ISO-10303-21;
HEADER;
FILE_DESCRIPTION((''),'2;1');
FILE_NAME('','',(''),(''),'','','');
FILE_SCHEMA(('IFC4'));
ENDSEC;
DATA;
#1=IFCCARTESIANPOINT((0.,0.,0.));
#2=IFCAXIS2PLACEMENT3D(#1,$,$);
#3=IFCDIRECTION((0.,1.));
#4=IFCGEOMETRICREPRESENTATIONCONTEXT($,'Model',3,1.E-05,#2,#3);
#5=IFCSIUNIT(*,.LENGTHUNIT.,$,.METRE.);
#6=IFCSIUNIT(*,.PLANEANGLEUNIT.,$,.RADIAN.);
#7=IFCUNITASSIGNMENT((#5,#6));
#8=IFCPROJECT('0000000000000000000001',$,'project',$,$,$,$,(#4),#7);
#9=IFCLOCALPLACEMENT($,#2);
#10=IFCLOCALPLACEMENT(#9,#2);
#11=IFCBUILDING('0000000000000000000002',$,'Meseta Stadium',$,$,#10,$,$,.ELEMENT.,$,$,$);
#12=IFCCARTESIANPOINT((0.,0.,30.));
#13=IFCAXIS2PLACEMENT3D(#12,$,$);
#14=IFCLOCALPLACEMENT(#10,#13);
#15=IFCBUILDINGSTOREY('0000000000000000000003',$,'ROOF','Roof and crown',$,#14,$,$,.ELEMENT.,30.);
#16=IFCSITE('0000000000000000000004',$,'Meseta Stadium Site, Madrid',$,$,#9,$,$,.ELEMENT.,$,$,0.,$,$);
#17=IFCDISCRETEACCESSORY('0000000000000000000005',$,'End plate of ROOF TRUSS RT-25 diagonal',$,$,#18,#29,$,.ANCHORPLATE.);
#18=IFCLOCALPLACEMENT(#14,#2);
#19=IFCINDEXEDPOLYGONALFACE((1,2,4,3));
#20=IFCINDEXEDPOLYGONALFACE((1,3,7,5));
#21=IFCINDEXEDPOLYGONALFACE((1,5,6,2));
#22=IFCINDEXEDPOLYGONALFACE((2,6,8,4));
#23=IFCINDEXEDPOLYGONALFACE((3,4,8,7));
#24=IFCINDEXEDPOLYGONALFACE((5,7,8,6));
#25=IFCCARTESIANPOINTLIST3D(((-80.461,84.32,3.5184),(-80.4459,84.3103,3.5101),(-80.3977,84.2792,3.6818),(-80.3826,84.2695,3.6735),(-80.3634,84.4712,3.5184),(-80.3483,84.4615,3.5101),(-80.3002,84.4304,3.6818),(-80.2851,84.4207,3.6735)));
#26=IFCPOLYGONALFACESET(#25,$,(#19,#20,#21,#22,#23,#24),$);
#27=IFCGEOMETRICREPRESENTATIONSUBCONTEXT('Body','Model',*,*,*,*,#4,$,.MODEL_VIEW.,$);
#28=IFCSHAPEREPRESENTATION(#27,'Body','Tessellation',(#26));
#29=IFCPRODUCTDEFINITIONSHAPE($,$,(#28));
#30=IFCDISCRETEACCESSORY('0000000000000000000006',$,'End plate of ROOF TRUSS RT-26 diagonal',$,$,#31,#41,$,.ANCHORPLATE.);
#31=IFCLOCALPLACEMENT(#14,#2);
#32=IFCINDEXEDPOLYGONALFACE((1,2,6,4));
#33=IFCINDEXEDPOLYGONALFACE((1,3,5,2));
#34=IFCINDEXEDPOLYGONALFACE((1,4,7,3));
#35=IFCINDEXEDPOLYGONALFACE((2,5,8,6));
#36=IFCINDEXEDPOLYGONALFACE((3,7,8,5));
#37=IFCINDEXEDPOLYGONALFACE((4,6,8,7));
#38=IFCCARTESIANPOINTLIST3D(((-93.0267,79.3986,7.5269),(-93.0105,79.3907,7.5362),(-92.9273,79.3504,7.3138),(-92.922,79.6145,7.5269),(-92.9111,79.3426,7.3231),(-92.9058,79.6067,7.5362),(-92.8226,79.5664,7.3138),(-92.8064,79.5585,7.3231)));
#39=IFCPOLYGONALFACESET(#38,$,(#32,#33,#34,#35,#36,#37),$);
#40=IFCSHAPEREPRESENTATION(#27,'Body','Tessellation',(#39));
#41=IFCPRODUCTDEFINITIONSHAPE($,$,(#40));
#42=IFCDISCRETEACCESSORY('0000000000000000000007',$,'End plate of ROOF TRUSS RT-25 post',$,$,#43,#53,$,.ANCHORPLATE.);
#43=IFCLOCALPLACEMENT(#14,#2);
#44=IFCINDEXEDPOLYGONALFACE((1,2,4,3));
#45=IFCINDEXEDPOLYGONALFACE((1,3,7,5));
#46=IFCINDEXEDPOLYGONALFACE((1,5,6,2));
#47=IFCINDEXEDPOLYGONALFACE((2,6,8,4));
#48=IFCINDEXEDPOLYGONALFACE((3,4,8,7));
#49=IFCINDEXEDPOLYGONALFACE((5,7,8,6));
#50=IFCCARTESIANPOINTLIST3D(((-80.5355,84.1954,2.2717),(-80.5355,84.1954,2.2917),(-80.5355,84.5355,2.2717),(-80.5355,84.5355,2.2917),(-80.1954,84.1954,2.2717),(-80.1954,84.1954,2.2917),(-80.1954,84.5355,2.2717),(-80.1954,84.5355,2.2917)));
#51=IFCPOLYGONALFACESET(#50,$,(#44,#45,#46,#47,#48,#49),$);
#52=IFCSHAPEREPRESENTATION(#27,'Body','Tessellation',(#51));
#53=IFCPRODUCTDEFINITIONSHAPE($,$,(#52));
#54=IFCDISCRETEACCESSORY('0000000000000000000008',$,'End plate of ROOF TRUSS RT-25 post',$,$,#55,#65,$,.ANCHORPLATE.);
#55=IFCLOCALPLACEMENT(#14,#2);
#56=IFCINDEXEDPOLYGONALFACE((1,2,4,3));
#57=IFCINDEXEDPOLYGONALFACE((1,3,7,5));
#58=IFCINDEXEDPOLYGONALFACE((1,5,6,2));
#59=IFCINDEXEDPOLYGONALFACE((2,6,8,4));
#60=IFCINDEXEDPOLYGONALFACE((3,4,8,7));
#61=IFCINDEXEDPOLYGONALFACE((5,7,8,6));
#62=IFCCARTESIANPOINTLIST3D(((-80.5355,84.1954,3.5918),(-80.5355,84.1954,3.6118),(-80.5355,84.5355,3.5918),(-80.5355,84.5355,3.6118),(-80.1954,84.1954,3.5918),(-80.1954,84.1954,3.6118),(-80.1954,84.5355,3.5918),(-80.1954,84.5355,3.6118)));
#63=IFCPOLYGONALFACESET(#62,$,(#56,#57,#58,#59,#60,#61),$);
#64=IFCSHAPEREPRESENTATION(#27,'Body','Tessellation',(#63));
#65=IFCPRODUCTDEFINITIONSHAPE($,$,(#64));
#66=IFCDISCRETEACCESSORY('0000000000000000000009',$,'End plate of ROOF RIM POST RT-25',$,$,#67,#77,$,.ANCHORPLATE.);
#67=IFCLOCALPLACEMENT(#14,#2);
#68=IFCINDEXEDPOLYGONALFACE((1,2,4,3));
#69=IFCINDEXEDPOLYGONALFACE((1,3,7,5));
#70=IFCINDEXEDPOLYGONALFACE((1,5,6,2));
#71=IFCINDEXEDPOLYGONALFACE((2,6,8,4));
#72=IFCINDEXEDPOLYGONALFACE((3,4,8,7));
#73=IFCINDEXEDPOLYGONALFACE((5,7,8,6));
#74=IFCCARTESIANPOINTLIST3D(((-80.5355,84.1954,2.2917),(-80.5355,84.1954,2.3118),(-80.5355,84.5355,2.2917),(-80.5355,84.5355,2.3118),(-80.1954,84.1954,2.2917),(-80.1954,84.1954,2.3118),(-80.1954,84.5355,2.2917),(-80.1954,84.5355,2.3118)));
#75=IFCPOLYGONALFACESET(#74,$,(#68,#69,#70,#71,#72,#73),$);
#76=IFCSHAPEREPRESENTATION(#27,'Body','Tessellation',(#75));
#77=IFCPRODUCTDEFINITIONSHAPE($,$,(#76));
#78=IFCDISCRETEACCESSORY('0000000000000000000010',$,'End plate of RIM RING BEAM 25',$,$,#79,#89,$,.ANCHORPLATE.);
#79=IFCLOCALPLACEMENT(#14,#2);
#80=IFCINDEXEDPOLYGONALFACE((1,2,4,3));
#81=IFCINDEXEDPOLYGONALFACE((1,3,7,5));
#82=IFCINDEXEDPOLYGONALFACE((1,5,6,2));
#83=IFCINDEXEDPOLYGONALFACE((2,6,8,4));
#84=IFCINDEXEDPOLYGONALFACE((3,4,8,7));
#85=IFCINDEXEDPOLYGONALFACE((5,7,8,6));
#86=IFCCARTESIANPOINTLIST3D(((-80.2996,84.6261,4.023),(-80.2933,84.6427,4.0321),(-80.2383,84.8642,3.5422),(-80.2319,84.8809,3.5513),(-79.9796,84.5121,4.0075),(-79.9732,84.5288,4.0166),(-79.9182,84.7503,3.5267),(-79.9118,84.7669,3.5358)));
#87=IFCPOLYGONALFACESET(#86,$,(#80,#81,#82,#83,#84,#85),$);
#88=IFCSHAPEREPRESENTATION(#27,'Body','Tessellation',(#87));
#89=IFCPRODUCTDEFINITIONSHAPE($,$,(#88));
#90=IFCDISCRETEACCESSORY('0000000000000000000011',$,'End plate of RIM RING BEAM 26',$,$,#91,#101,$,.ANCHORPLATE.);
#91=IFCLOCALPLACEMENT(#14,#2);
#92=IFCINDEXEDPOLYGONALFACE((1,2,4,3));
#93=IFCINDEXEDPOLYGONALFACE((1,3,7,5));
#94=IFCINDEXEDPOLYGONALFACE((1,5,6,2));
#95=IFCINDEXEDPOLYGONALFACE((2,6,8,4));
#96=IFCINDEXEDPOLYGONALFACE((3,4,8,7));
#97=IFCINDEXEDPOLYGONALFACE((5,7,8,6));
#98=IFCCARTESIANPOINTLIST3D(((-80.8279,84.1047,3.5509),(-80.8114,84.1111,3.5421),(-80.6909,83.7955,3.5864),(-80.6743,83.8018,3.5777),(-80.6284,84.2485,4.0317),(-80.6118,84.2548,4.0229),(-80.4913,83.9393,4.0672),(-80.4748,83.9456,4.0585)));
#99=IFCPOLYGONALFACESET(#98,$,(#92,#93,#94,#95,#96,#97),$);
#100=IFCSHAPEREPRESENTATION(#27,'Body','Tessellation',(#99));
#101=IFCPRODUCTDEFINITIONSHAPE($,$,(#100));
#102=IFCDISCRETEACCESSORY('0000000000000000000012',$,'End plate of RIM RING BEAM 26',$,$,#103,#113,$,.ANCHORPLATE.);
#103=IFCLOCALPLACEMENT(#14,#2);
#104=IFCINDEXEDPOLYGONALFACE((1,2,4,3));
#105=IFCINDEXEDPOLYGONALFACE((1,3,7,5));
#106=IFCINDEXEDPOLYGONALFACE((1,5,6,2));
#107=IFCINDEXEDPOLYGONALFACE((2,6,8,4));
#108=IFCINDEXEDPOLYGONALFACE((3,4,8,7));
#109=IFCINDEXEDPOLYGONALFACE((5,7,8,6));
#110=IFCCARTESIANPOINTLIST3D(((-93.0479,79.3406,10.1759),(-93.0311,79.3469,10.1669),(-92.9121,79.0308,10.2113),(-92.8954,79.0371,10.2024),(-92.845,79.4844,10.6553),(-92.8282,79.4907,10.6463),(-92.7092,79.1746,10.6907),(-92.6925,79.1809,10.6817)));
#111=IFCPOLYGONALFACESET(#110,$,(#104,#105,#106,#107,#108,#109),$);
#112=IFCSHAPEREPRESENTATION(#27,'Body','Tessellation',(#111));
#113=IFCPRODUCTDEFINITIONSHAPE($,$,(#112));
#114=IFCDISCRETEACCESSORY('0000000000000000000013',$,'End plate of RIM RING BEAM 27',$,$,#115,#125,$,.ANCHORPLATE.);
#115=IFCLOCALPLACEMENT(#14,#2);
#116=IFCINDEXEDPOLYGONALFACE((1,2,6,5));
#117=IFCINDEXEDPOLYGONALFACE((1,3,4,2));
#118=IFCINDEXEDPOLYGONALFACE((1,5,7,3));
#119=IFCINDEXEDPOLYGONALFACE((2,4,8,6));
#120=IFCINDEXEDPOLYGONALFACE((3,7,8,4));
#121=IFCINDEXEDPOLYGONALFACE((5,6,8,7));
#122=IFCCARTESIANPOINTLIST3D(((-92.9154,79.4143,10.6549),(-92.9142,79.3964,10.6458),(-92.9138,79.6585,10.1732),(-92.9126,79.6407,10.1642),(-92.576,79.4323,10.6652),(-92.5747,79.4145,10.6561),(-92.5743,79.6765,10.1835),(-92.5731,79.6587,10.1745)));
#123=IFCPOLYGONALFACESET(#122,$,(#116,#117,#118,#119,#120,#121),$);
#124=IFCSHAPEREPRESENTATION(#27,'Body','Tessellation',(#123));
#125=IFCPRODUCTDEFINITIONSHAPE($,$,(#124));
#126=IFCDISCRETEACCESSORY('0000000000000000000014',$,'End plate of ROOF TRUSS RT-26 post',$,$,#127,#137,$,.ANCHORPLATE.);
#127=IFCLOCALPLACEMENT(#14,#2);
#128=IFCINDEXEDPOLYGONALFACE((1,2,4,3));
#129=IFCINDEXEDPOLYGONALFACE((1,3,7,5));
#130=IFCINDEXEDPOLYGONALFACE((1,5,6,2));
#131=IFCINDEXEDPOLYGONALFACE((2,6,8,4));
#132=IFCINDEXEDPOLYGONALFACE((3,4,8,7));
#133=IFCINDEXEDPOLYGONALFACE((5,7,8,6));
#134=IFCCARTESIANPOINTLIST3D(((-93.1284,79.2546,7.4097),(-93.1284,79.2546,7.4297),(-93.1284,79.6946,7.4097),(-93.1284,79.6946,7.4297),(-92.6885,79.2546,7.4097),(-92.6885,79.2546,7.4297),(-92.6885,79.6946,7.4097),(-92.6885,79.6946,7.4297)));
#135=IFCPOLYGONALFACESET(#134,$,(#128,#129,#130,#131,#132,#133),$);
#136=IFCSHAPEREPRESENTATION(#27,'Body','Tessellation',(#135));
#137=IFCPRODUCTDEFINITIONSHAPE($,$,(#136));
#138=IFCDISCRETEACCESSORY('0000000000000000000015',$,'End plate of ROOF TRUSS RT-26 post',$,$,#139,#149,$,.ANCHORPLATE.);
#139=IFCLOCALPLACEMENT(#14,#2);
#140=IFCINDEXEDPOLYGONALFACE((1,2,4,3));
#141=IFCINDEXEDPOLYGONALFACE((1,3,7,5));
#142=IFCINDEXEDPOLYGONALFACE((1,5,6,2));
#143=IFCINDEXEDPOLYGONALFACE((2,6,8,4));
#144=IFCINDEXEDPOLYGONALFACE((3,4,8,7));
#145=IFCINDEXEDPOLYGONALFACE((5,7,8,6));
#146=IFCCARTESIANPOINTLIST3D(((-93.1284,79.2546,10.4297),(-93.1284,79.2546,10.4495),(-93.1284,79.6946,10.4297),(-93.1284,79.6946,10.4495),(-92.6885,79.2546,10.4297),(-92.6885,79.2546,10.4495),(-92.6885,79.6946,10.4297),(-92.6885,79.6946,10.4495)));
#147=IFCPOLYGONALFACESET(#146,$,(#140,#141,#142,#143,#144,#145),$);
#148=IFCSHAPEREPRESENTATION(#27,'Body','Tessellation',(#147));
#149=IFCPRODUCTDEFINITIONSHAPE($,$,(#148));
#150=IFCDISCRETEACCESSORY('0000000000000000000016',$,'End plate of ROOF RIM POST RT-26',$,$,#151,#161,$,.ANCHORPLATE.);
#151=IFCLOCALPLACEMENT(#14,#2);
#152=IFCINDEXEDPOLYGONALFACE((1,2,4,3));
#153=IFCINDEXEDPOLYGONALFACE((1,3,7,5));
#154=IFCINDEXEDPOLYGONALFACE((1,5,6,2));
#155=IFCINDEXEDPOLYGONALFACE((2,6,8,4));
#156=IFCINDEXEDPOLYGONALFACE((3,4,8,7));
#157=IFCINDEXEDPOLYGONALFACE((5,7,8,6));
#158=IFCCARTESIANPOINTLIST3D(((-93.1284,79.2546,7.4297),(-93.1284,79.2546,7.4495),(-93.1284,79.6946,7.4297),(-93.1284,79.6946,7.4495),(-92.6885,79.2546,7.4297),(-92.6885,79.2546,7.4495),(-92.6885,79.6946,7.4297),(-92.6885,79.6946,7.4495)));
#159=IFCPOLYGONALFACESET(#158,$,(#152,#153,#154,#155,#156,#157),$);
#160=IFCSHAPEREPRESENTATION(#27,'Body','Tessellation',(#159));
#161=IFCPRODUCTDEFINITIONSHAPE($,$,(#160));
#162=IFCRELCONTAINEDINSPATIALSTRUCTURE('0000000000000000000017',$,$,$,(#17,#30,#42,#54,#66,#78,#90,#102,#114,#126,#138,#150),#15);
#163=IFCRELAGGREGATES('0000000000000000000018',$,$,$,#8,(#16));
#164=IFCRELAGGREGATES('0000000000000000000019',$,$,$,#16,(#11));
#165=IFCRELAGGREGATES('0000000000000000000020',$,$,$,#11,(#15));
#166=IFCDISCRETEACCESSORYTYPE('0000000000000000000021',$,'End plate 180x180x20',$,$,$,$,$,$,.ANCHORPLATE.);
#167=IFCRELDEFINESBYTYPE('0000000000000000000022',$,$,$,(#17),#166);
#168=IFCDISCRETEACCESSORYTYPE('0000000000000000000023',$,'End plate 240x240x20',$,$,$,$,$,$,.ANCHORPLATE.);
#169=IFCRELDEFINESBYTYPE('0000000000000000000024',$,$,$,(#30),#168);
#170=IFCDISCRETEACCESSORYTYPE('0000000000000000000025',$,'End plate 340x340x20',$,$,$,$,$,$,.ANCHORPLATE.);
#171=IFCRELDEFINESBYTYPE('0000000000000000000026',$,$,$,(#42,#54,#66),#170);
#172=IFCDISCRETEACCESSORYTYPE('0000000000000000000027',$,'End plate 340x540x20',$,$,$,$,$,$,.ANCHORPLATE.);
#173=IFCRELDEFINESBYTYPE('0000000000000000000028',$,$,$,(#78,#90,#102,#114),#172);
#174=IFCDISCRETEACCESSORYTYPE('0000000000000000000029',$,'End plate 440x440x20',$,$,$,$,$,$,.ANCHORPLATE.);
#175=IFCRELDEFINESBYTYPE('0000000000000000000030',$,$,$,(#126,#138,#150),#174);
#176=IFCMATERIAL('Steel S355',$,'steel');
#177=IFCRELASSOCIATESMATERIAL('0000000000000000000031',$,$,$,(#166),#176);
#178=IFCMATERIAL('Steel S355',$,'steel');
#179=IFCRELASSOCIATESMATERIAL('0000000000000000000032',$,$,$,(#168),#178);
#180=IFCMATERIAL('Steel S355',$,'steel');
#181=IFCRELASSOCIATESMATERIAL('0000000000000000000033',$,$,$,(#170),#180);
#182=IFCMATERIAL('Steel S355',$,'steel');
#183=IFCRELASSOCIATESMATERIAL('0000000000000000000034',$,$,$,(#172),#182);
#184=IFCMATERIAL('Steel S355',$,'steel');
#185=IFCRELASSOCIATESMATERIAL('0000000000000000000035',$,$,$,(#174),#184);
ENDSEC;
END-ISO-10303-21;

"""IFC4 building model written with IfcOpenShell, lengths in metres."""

from ifc_helpers import new_model, si_unit, direction, frame, origin, origin_2d, place, context, subcontext, project, spatial, rectangle, extrude, material, material_profile, profile_set, type_object, element, save


model = new_model("IFC4")

# Units and contexts
model_context = context("Model", 3, precision=1e-05, world=origin(), true_north=direction((0.0, 1.0)))
body_context = subcontext(model_context, "Body", "Model", "MODEL_VIEW")
ifc_project = project(units=[si_unit("LENGTHUNIT", "METRE"), si_unit("PLANEANGLEUNIT", "RADIAN")], contexts=[model_context])

# Site, building, storey
site_placement = place(None, origin())
site = spatial("IfcSite", under=ifc_project, at=site_placement, Name="Meseta Stadium Site, Madrid", CompositionType="ELEMENT", RefElevation=0.0)
building_placement = place(site_placement, origin())
building = spatial("IfcBuilding", under=site, at=building_placement, Name="Meseta Stadium", CompositionType="ELEMENT")
storey_placement = place(building_placement, frame((0.0, 0.0, 30.0)))
storey = spatial("IfcBuildingStorey", under=building, at=storey_placement, Name="ROOF", Description="Roof and crown", CompositionType="ELEMENT", Elevation=30.0)

# Discrete accessories
ifc_material_1 = material(Name="Steel S355", Category="steel")
ifc_material_profile_1 = material_profile(ifc_material_1, rectangle(XDim=0.1799, YDim=0.1799, at=origin_2d()), Name="PL 180x180")
ifc_profile_set_1 = profile_set([ifc_material_profile_1], Name="Steel S355")
discrete_accessory_type_1 = type_object("IfcDiscreteAccessoryType", Name="End plate 180x180x20", PredefinedType="ANCHORPLATE", material=ifc_profile_set_1)
discrete_accessory_1_placement = place(storey_placement, frame((-80.3655, 84.3655, 3.5918), z_axis=(-0.763167, 0.492366, 0.418511), x_axis=(-0.542127, -0.840297, 0.0)))
element("IfcDiscreteAccessory", 1, at=discrete_accessory_1_placement, inside=storey, type_object=discrete_accessory_type_1, Name="End plate of ROOF TRUSS RT-25 diagonal", PredefinedType="ANCHORPLATE", context=body_context, shape_type="SweptSolid", body=[
    extrude(rectangle(XDim=0.1799, YDim=0.1799, at=origin_2d()), origin(), (0.0, 0.0, 1.0), 0.0198),
])
ifc_material_2 = material(Name="Steel S355", Category="steel")
ifc_material_profile_2 = material_profile(ifc_material_2, rectangle(XDim=0.24, YDim=0.24, at=origin_2d()), Name="PL 240x240")
ifc_profile_set_2 = profile_set([ifc_material_profile_2], Name="Steel S355")
discrete_accessory_type_2 = type_object("IfcDiscreteAccessoryType", Name="End plate 240x240x20", PredefinedType="ANCHORPLATE", material=ifc_profile_set_2)
discrete_accessory_2_placement = place(storey_placement, frame((-92.9084, 79.4746, 7.4297), z_axis=(-0.798959, 0.387374, -0.460007), x_axis=(-0.436274, -0.899814, 0.0)))
element("IfcDiscreteAccessory", 2, at=discrete_accessory_2_placement, inside=storey, type_object=discrete_accessory_type_2, Name="End plate of ROOF TRUSS RT-26 diagonal", PredefinedType="ANCHORPLATE", context=body_context, shape_type="SweptSolid", body=[
    extrude(rectangle(XDim=0.24, YDim=0.24, at=origin_2d()), origin(), (0.0, 0.0, 1.0), 0.0203),
])
ifc_material_3 = material(Name="Steel S355", Category="steel")
ifc_material_profile_3 = material_profile(ifc_material_3, rectangle(XDim=0.3401, YDim=0.3401, at=origin_2d()), Name="PL 340x340")
ifc_profile_set_3 = profile_set([ifc_material_profile_3], Name="Steel S355")
discrete_accessory_type_3 = type_object("IfcDiscreteAccessoryType", Name="End plate 340x340x20", PredefinedType="ANCHORPLATE", material=ifc_profile_set_3)
for number, where, z_axis, x_axis, name in (
    (3, (-80.3655, 84.3655, 2.2717), (0.0, 0.0, 1.0), (1.0, 0.0, 0.0), "End plate of ROOF TRUSS RT-25 post"),
    (4, (-80.3655, 84.3655, 3.5918), (0.0, 0.0, 1.0), (1.0, 0.0, 0.0), "End plate of ROOF TRUSS RT-25 post"),
    (5, (-80.3655, 84.3655, 2.2917), (0.0, 0.0, 1.0), (1.0, 0.0, 0.0), "End plate of ROOF RIM POST RT-25"),
):
    element("IfcDiscreteAccessory", number, at=place(storey_placement, frame(where, z_axis=z_axis, x_axis=x_axis)), inside=storey, type_object=discrete_accessory_type_3, Name=name, PredefinedType="ANCHORPLATE", context=body_context, shape_type="SweptSolid", body=[
        extrude(rectangle(XDim=0.3401, YDim=0.3401, at=origin_2d()), origin(), (0.0, 0.0, 1.0), 0.02),
    ])
ifc_material_4 = material(Name="Steel S355", Category="steel")
ifc_material_profile_4 = material_profile(ifc_material_4, rectangle(XDim=0.3401, YDim=0.54, at=origin_2d()), Name="PL 340x540")
ifc_profile_set_4 = profile_set([ifc_material_profile_4], Name="Steel S355")
discrete_accessory_type_4 = type_object("IfcDiscreteAccessoryType", Name="End plate 340x540x20", PredefinedType="ANCHORPLATE", material=ifc_profile_set_4)
discrete_accessory_3_placement = place(storey_placement, frame((-80.1025, 84.7048, 3.7839), z_axis=(-0.318378, -0.832681, -0.453076), x_axis=(0.941123, -0.334955, -0.045737)))
element("IfcDiscreteAccessory", 6, at=discrete_accessory_3_placement, inside=storey, type_object=discrete_accessory_type_4, Name="End plate of RIM RING BEAM 25", PredefinedType="ANCHORPLATE", context=body_context, shape_type="SweptSolid", body=[
    extrude(rectangle(XDim=0.3401, YDim=0.54, at=origin_2d()), origin(), (0.0, 0.0, 1.0), 0.02),
])
discrete_accessory_4_placement = place(storey_placement, frame((-80.6431, 84.0283, 3.8003), z_axis=(-0.837276, -0.320135, 0.443264), x_axis=(0.402995, -0.90921, 0.104561)))
element("IfcDiscreteAccessory", 7, at=discrete_accessory_4_placement, inside=storey, type_object=discrete_accessory_type_4, Name="End plate of RIM RING BEAM 26", PredefinedType="ANCHORPLATE", context=body_context, shape_type="SweptSolid", body=[
    extrude(rectangle(XDim=0.3401, YDim=0.54, at=origin_2d()), origin(), (0.0, 0.0, 1.0), 0.0198),
])
for number, where, z_axis, x_axis, name in (
    (8, (-92.8618, 79.2639, 10.4243), (-0.836379, -0.315157, 0.448493), (0.399157, -0.910936, 0.104258), "End plate of RIM RING BEAM 26"),
    (9, (-92.7449, 79.5454, 10.4192), (0.06098, -0.89031, -0.451253), (0.998135, 0.053042, 0.030233), "End plate of RIM RING BEAM 27"),
):
    element("IfcDiscreteAccessory", number, at=place(storey_placement, frame(where, z_axis=z_axis, x_axis=x_axis)), inside=storey, type_object=discrete_accessory_type_4, Name=name, PredefinedType="ANCHORPLATE", context=body_context, shape_type="SweptSolid", body=[
        extrude(rectangle(XDim=0.3401, YDim=0.54, at=origin_2d()), origin(), (0.0, 0.0, 1.0), 0.02),
    ])
ifc_material_5 = material(Name="Steel S355", Category="steel")
ifc_material_profile_5 = material_profile(ifc_material_5, rectangle(XDim=0.4399, YDim=0.4399, at=origin_2d()), Name="PL 440x440")
ifc_profile_set_5 = profile_set([ifc_material_profile_5], Name="Steel S355")
discrete_accessory_type_5 = type_object("IfcDiscreteAccessoryType", Name="End plate 440x440x20", PredefinedType="ANCHORPLATE", material=ifc_profile_set_5)
discrete_accessory_5_placement = place(storey_placement, frame((-92.9084, 79.4746, 7.4097), z_axis=(0.0, 0.0, 1.0), x_axis=(1.0, 0.0, 0.0)))
element("IfcDiscreteAccessory", 10, at=discrete_accessory_5_placement, inside=storey, type_object=discrete_accessory_type_5, Name="End plate of ROOF TRUSS RT-26 post", PredefinedType="ANCHORPLATE", context=body_context, shape_type="SweptSolid", body=[
    extrude(rectangle(XDim=0.4399, YDim=0.4399, at=origin_2d()), origin(), (0.0, 0.0, 1.0), 0.02),
])
for number, where, z_axis, x_axis, name in (
    (11, (-92.9084, 79.4746, 10.4297), (0.0, 0.0, 1.0), (1.0, 0.0, 0.0), "End plate of ROOF TRUSS RT-26 post"),
    (12, (-92.9084, 79.4746, 7.4297), (0.0, 0.0, 1.0), (1.0, 0.0, 0.0), "End plate of ROOF RIM POST RT-26"),
):
    element("IfcDiscreteAccessory", number, at=place(storey_placement, frame(where, z_axis=z_axis, x_axis=x_axis)), inside=storey, type_object=discrete_accessory_type_5, Name=name, PredefinedType="ANCHORPLATE", context=body_context, shape_type="SweptSolid", body=[
        extrude(rectangle(XDim=0.4399, YDim=0.4399, at=origin_2d()), origin(), (0.0, 0.0, 1.0), 0.0198),
    ])

save(model, "model.ifc")
